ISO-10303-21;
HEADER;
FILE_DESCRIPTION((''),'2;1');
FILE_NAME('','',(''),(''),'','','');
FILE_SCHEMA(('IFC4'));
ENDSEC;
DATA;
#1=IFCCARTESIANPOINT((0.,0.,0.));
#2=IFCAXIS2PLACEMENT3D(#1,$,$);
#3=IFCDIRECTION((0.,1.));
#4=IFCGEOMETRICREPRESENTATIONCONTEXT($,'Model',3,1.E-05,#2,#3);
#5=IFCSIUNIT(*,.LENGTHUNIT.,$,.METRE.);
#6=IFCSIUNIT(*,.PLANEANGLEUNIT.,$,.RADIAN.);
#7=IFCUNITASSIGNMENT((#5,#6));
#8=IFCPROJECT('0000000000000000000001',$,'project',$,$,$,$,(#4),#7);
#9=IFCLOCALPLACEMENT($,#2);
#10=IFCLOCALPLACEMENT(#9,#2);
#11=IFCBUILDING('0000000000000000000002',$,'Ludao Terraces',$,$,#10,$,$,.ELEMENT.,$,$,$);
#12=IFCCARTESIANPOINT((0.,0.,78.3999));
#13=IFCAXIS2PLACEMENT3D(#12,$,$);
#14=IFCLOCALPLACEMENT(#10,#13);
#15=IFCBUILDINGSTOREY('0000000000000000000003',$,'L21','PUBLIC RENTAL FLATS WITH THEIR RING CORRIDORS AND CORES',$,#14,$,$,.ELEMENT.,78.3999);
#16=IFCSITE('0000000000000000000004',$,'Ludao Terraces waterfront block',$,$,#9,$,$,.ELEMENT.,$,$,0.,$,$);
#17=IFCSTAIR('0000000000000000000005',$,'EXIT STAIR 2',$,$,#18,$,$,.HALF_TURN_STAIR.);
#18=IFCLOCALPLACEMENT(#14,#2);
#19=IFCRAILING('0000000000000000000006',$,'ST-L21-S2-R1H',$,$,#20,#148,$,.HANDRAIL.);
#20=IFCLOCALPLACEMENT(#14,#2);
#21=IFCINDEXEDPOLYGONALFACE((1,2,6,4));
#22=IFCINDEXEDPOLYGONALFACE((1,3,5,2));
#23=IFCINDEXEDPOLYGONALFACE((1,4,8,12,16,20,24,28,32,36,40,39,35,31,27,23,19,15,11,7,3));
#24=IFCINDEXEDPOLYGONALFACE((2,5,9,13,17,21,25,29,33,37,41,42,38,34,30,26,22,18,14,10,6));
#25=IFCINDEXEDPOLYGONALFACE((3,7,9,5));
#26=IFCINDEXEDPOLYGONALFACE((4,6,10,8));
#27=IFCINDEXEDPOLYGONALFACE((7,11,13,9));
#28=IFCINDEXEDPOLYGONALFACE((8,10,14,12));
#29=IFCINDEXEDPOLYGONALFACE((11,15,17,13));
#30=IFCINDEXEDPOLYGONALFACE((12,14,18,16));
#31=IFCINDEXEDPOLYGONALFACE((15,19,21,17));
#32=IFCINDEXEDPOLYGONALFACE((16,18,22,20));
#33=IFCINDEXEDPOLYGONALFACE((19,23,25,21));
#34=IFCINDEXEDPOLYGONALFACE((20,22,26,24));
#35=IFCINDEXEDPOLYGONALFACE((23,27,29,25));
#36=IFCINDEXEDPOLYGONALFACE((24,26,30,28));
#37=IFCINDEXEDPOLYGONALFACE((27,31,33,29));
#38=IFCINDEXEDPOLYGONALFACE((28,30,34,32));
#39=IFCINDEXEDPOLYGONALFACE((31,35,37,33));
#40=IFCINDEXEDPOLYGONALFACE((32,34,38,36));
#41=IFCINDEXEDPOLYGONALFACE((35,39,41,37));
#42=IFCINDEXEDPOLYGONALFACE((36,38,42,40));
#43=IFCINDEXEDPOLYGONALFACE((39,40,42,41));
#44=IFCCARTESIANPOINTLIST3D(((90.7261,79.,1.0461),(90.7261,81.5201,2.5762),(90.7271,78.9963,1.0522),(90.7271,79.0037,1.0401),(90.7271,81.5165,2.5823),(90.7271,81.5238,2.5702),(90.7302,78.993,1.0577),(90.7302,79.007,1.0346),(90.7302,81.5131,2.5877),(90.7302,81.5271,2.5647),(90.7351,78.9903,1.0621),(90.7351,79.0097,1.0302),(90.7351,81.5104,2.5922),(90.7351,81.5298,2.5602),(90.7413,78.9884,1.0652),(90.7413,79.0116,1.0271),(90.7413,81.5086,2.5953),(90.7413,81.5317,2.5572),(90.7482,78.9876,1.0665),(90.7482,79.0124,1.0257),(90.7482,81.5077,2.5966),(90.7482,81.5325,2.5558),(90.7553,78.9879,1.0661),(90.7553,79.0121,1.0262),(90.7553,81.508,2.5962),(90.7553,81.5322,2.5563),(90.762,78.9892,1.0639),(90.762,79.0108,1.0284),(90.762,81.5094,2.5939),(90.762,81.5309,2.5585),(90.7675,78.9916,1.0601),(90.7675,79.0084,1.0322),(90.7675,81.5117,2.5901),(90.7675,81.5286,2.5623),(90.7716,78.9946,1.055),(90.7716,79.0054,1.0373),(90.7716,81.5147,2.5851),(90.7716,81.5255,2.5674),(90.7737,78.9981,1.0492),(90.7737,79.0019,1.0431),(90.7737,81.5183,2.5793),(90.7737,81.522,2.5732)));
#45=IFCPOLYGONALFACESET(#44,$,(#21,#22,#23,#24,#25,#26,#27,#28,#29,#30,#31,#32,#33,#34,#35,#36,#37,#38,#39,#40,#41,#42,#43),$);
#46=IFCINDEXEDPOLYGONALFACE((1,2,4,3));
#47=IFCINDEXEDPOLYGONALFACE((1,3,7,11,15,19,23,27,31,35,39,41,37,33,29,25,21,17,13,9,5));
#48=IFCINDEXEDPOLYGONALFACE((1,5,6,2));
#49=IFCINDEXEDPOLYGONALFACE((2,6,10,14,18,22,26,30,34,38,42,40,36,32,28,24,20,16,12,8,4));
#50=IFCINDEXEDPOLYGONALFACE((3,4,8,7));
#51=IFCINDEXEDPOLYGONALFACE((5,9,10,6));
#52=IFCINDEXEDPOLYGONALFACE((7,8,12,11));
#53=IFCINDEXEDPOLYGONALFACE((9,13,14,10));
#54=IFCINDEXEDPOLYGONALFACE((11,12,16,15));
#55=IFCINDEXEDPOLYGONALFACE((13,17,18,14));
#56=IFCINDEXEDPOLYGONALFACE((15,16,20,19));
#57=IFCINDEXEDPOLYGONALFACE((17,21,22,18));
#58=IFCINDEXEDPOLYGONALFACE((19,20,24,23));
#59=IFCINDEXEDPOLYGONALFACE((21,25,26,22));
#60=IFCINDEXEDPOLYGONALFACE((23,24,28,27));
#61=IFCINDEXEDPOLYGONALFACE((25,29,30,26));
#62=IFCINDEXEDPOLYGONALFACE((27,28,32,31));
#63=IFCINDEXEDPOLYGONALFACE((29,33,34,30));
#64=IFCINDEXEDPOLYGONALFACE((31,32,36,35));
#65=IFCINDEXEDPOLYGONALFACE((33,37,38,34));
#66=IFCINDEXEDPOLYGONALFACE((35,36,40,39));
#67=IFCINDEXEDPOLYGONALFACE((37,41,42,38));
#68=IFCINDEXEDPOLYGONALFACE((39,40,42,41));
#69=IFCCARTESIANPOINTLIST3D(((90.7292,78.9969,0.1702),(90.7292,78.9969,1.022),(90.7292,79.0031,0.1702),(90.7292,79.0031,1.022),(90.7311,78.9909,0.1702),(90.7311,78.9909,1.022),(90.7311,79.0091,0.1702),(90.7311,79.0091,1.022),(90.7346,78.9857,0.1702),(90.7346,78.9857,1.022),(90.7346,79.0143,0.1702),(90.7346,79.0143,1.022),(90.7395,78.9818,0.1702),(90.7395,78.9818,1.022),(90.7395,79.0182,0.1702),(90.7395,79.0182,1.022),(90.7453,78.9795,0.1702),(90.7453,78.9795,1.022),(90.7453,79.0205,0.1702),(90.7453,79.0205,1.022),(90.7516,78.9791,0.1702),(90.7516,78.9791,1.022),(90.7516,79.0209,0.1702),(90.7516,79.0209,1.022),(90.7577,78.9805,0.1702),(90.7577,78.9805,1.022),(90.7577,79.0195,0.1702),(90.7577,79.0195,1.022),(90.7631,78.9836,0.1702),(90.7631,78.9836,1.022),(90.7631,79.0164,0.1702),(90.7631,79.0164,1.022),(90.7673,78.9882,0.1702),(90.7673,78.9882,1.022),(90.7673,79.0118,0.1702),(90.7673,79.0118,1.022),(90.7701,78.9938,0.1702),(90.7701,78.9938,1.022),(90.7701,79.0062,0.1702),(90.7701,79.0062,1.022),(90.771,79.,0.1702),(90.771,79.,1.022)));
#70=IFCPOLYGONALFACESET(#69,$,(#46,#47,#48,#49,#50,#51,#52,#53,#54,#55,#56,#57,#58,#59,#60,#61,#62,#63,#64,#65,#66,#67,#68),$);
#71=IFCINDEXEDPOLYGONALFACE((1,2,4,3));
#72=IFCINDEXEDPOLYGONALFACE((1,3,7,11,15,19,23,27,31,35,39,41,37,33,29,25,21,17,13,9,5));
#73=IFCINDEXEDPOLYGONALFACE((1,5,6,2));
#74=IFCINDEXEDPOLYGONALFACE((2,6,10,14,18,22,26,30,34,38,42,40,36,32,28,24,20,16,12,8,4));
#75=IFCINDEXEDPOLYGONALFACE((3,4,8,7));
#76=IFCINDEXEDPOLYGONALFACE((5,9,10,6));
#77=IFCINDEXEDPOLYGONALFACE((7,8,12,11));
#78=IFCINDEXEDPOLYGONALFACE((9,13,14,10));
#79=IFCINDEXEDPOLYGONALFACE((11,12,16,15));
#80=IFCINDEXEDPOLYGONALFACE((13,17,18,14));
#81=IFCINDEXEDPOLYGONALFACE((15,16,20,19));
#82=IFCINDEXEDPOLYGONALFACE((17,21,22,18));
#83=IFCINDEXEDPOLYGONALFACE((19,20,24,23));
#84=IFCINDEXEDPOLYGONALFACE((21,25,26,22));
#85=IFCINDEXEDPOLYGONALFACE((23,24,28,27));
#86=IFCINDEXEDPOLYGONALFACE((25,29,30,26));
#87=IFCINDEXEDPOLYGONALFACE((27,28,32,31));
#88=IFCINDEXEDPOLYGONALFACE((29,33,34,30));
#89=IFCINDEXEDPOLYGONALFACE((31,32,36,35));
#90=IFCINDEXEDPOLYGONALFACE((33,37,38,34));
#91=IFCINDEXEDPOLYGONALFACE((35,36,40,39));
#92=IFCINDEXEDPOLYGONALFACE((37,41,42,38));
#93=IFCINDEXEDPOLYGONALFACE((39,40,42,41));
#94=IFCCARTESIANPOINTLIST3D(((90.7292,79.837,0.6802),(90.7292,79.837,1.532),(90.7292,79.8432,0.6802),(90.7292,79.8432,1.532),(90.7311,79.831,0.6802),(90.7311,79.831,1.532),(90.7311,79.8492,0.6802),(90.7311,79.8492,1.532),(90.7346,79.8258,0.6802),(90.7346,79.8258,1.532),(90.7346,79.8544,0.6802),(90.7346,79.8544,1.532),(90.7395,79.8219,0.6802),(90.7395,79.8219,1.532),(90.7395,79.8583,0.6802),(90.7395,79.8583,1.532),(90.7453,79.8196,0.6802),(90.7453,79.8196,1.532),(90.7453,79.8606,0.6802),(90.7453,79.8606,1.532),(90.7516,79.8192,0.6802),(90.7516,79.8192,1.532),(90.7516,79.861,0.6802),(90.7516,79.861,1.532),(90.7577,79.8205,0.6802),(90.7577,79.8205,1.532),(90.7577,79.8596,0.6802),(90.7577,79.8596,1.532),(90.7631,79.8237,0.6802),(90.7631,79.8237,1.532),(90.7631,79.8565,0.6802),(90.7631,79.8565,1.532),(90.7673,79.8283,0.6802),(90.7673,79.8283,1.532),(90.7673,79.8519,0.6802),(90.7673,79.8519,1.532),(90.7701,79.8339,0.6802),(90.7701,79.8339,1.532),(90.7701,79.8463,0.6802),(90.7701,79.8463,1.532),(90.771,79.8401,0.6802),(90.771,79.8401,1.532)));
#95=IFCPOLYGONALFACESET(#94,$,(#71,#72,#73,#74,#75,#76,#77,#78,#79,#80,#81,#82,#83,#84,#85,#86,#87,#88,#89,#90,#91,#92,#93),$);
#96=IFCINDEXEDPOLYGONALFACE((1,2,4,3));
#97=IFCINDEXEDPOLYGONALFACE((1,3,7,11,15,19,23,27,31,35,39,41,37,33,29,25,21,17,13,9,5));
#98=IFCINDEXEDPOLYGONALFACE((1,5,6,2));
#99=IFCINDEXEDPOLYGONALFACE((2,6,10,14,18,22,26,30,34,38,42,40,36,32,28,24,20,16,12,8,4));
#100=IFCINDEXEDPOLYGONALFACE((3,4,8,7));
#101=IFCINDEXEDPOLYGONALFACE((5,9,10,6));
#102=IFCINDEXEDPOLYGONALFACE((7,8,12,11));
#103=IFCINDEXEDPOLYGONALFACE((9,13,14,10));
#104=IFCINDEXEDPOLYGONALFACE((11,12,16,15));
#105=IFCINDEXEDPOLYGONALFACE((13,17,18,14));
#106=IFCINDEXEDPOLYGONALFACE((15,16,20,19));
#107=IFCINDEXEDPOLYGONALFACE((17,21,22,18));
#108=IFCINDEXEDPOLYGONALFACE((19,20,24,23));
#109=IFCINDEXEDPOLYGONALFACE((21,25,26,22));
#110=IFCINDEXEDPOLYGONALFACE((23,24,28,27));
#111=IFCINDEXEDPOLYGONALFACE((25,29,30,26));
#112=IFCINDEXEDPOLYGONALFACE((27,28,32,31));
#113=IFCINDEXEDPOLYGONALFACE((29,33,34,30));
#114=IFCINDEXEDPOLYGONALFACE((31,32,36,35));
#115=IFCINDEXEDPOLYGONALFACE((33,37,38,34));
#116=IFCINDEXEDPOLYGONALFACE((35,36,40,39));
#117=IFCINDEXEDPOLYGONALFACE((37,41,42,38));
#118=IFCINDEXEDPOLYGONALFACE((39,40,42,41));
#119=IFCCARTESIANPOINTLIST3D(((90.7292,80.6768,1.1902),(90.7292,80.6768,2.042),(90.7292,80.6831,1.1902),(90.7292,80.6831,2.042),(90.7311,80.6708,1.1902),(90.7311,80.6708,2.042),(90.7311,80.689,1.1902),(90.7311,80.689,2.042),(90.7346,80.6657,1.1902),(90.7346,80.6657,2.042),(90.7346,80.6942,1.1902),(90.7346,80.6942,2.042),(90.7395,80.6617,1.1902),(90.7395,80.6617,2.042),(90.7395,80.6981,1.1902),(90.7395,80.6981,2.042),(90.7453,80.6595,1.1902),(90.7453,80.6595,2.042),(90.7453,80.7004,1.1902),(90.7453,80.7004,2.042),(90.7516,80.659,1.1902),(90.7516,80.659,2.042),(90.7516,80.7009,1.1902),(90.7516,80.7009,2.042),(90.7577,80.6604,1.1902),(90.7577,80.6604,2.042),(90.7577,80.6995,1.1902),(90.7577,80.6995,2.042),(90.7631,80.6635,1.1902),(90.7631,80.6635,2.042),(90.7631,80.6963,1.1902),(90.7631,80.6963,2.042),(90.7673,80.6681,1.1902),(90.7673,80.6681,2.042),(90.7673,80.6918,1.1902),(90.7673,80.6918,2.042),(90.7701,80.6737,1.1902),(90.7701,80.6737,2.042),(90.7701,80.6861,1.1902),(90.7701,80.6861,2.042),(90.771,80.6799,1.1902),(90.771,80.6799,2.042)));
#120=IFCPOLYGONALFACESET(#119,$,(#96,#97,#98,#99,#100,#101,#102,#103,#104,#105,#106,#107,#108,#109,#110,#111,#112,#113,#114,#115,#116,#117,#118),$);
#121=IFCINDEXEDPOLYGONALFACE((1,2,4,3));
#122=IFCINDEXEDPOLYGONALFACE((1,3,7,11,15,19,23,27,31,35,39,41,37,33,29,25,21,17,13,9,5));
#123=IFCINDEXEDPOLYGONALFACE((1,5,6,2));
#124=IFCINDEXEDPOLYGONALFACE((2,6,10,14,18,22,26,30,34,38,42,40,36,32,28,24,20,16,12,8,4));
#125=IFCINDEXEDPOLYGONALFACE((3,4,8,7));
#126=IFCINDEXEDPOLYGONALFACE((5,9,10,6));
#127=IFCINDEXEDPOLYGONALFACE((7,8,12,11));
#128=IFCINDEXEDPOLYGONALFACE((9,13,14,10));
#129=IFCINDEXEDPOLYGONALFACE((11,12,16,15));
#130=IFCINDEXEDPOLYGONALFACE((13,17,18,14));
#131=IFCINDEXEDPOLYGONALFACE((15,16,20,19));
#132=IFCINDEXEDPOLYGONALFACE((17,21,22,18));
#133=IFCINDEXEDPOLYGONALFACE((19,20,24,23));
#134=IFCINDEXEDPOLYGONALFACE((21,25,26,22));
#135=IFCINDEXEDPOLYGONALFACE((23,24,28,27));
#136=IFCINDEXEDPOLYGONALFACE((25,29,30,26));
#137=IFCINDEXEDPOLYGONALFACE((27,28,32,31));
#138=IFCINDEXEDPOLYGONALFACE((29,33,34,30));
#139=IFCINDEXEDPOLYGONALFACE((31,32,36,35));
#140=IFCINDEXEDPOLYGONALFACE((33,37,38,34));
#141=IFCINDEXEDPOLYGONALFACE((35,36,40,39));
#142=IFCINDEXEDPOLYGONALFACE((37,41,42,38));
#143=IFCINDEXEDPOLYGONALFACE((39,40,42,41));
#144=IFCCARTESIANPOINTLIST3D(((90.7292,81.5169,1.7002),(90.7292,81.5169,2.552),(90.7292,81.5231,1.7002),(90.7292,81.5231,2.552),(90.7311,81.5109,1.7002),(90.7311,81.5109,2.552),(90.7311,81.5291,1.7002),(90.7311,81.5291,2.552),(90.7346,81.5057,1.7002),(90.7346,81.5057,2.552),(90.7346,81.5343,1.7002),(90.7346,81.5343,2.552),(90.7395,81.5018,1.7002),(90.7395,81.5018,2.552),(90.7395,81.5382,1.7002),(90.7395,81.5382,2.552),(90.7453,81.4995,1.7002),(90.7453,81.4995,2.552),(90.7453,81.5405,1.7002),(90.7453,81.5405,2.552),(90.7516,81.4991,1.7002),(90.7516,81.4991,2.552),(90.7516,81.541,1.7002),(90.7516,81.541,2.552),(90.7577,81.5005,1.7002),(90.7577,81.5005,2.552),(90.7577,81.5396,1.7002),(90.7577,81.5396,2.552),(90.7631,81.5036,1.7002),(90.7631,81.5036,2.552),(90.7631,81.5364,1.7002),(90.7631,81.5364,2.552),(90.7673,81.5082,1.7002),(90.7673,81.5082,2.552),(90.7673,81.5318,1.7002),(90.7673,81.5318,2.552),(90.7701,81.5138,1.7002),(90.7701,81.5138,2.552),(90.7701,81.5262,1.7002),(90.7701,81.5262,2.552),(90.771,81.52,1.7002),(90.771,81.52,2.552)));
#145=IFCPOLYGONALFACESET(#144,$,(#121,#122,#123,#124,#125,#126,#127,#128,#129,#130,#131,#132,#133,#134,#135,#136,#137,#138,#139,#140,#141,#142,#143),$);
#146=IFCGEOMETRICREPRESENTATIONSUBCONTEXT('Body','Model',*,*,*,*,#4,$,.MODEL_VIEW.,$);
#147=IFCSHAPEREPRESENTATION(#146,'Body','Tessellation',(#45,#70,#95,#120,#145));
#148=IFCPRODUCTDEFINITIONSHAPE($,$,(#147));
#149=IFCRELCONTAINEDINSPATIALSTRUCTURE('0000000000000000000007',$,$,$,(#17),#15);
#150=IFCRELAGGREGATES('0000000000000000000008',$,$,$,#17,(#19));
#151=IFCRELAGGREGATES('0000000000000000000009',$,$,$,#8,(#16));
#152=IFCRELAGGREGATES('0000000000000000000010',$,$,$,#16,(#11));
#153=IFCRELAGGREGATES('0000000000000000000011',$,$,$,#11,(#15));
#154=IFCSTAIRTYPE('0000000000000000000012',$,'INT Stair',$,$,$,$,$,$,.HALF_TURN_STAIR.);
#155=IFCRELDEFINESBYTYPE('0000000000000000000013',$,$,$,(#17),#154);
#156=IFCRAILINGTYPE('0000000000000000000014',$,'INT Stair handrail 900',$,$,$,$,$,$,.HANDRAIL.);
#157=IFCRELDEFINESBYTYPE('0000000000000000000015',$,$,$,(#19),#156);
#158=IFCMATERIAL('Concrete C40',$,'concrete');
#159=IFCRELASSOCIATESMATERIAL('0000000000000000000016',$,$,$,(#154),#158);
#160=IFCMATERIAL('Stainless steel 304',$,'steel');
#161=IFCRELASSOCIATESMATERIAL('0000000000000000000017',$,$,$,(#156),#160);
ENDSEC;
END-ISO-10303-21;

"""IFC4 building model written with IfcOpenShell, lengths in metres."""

from ifc_helpers import new_model, si_unit, direction, frame, origin, origin_2d, place, context, subcontext, project, spatial, circle, extrude, material, type_object, element, aggregate, save


model = new_model("IFC4")

# Units and contexts
model_context = context("Model", 3, precision=1e-05, world=origin(), true_north=direction((0.0, 1.0)))
body_context = subcontext(model_context, "Body", "Model", "MODEL_VIEW")
ifc_project = project(units=[si_unit("LENGTHUNIT", "METRE"), si_unit("PLANEANGLEUNIT", "RADIAN")], contexts=[model_context])

# Site, building, storey
site_placement = place(None, origin())
site = spatial("IfcSite", under=ifc_project, at=site_placement, Name="Ludao Terraces waterfront block", CompositionType="ELEMENT", RefElevation=0.0)
building_placement = place(site_placement, origin())
building = spatial("IfcBuilding", under=site, at=building_placement, Name="Ludao Terraces", CompositionType="ELEMENT")
storey_placement = place(building_placement, frame((0.0, 0.0, 78.3999)))
storey = spatial("IfcBuildingStorey", under=building, at=storey_placement, Name="L21", Description="PUBLIC RENTAL FLATS WITH THEIR RING CORRIDORS AND CORES", CompositionType="ELEMENT", Elevation=78.3999)

# Stair, railing
ifc_material_1 = material(Name="Concrete C40", Category="concrete")
stair_type = type_object("IfcStairType", Name="INT Stair", PredefinedType="HALF_TURN_STAIR", material=ifc_material_1)
stair_placement = place(storey_placement, origin())
stair = element("IfcStair", 1, at=stair_placement, inside=storey, type_object=stair_type, Name="EXIT STAIR 2", PredefinedType="HALF_TURN_STAIR")
ifc_material_2 = material(Name="Stainless steel 304", Category="steel")
railing_type_1 = type_object("IfcRailingType", Name="INT Stair handrail 900", PredefinedType="HANDRAIL", material=ifc_material_2)
railing_1_placement = place(storey_placement, frame((90.75, 79.0, 0.1702)))
railing_1 = element("IfcRailing", 2, at=railing_1_placement, type_object=railing_type_1, Name="ST-L21-S2-R1H", PredefinedType="HANDRAIL", context=body_context, shape_type="SweptSolid", body=[
    extrude(circle(Radius=0.0239, at=origin_2d()), frame((0.0, 0.0, 0.876), z_axis=(0.0, 0.854785, 0.518982), x_axis=(-1.0, 0.0, 0.0)), (0.0, 0.0, 1.0), 2.9482),
    extrude(circle(Radius=0.021, at=origin_2d()), origin(), (0.0, 0.0, 1.0), 0.8518),
    extrude(circle(Radius=0.021, at=origin_2d()), frame((0.0, 0.8401, 0.51)), (0.0, 0.0, 1.0), 0.8518),
    extrude(circle(Radius=0.021, at=origin_2d()), frame((0.0, 1.6799, 1.02)), (0.0, 0.0, 1.0), 0.8518),
    extrude(circle(Radius=0.021, at=origin_2d()), frame((0.0, 2.52, 1.53)), (0.0, 0.0, 1.0), 0.8518),
])
aggregate(stair, [railing_1])

save(model, "model.ifc")
